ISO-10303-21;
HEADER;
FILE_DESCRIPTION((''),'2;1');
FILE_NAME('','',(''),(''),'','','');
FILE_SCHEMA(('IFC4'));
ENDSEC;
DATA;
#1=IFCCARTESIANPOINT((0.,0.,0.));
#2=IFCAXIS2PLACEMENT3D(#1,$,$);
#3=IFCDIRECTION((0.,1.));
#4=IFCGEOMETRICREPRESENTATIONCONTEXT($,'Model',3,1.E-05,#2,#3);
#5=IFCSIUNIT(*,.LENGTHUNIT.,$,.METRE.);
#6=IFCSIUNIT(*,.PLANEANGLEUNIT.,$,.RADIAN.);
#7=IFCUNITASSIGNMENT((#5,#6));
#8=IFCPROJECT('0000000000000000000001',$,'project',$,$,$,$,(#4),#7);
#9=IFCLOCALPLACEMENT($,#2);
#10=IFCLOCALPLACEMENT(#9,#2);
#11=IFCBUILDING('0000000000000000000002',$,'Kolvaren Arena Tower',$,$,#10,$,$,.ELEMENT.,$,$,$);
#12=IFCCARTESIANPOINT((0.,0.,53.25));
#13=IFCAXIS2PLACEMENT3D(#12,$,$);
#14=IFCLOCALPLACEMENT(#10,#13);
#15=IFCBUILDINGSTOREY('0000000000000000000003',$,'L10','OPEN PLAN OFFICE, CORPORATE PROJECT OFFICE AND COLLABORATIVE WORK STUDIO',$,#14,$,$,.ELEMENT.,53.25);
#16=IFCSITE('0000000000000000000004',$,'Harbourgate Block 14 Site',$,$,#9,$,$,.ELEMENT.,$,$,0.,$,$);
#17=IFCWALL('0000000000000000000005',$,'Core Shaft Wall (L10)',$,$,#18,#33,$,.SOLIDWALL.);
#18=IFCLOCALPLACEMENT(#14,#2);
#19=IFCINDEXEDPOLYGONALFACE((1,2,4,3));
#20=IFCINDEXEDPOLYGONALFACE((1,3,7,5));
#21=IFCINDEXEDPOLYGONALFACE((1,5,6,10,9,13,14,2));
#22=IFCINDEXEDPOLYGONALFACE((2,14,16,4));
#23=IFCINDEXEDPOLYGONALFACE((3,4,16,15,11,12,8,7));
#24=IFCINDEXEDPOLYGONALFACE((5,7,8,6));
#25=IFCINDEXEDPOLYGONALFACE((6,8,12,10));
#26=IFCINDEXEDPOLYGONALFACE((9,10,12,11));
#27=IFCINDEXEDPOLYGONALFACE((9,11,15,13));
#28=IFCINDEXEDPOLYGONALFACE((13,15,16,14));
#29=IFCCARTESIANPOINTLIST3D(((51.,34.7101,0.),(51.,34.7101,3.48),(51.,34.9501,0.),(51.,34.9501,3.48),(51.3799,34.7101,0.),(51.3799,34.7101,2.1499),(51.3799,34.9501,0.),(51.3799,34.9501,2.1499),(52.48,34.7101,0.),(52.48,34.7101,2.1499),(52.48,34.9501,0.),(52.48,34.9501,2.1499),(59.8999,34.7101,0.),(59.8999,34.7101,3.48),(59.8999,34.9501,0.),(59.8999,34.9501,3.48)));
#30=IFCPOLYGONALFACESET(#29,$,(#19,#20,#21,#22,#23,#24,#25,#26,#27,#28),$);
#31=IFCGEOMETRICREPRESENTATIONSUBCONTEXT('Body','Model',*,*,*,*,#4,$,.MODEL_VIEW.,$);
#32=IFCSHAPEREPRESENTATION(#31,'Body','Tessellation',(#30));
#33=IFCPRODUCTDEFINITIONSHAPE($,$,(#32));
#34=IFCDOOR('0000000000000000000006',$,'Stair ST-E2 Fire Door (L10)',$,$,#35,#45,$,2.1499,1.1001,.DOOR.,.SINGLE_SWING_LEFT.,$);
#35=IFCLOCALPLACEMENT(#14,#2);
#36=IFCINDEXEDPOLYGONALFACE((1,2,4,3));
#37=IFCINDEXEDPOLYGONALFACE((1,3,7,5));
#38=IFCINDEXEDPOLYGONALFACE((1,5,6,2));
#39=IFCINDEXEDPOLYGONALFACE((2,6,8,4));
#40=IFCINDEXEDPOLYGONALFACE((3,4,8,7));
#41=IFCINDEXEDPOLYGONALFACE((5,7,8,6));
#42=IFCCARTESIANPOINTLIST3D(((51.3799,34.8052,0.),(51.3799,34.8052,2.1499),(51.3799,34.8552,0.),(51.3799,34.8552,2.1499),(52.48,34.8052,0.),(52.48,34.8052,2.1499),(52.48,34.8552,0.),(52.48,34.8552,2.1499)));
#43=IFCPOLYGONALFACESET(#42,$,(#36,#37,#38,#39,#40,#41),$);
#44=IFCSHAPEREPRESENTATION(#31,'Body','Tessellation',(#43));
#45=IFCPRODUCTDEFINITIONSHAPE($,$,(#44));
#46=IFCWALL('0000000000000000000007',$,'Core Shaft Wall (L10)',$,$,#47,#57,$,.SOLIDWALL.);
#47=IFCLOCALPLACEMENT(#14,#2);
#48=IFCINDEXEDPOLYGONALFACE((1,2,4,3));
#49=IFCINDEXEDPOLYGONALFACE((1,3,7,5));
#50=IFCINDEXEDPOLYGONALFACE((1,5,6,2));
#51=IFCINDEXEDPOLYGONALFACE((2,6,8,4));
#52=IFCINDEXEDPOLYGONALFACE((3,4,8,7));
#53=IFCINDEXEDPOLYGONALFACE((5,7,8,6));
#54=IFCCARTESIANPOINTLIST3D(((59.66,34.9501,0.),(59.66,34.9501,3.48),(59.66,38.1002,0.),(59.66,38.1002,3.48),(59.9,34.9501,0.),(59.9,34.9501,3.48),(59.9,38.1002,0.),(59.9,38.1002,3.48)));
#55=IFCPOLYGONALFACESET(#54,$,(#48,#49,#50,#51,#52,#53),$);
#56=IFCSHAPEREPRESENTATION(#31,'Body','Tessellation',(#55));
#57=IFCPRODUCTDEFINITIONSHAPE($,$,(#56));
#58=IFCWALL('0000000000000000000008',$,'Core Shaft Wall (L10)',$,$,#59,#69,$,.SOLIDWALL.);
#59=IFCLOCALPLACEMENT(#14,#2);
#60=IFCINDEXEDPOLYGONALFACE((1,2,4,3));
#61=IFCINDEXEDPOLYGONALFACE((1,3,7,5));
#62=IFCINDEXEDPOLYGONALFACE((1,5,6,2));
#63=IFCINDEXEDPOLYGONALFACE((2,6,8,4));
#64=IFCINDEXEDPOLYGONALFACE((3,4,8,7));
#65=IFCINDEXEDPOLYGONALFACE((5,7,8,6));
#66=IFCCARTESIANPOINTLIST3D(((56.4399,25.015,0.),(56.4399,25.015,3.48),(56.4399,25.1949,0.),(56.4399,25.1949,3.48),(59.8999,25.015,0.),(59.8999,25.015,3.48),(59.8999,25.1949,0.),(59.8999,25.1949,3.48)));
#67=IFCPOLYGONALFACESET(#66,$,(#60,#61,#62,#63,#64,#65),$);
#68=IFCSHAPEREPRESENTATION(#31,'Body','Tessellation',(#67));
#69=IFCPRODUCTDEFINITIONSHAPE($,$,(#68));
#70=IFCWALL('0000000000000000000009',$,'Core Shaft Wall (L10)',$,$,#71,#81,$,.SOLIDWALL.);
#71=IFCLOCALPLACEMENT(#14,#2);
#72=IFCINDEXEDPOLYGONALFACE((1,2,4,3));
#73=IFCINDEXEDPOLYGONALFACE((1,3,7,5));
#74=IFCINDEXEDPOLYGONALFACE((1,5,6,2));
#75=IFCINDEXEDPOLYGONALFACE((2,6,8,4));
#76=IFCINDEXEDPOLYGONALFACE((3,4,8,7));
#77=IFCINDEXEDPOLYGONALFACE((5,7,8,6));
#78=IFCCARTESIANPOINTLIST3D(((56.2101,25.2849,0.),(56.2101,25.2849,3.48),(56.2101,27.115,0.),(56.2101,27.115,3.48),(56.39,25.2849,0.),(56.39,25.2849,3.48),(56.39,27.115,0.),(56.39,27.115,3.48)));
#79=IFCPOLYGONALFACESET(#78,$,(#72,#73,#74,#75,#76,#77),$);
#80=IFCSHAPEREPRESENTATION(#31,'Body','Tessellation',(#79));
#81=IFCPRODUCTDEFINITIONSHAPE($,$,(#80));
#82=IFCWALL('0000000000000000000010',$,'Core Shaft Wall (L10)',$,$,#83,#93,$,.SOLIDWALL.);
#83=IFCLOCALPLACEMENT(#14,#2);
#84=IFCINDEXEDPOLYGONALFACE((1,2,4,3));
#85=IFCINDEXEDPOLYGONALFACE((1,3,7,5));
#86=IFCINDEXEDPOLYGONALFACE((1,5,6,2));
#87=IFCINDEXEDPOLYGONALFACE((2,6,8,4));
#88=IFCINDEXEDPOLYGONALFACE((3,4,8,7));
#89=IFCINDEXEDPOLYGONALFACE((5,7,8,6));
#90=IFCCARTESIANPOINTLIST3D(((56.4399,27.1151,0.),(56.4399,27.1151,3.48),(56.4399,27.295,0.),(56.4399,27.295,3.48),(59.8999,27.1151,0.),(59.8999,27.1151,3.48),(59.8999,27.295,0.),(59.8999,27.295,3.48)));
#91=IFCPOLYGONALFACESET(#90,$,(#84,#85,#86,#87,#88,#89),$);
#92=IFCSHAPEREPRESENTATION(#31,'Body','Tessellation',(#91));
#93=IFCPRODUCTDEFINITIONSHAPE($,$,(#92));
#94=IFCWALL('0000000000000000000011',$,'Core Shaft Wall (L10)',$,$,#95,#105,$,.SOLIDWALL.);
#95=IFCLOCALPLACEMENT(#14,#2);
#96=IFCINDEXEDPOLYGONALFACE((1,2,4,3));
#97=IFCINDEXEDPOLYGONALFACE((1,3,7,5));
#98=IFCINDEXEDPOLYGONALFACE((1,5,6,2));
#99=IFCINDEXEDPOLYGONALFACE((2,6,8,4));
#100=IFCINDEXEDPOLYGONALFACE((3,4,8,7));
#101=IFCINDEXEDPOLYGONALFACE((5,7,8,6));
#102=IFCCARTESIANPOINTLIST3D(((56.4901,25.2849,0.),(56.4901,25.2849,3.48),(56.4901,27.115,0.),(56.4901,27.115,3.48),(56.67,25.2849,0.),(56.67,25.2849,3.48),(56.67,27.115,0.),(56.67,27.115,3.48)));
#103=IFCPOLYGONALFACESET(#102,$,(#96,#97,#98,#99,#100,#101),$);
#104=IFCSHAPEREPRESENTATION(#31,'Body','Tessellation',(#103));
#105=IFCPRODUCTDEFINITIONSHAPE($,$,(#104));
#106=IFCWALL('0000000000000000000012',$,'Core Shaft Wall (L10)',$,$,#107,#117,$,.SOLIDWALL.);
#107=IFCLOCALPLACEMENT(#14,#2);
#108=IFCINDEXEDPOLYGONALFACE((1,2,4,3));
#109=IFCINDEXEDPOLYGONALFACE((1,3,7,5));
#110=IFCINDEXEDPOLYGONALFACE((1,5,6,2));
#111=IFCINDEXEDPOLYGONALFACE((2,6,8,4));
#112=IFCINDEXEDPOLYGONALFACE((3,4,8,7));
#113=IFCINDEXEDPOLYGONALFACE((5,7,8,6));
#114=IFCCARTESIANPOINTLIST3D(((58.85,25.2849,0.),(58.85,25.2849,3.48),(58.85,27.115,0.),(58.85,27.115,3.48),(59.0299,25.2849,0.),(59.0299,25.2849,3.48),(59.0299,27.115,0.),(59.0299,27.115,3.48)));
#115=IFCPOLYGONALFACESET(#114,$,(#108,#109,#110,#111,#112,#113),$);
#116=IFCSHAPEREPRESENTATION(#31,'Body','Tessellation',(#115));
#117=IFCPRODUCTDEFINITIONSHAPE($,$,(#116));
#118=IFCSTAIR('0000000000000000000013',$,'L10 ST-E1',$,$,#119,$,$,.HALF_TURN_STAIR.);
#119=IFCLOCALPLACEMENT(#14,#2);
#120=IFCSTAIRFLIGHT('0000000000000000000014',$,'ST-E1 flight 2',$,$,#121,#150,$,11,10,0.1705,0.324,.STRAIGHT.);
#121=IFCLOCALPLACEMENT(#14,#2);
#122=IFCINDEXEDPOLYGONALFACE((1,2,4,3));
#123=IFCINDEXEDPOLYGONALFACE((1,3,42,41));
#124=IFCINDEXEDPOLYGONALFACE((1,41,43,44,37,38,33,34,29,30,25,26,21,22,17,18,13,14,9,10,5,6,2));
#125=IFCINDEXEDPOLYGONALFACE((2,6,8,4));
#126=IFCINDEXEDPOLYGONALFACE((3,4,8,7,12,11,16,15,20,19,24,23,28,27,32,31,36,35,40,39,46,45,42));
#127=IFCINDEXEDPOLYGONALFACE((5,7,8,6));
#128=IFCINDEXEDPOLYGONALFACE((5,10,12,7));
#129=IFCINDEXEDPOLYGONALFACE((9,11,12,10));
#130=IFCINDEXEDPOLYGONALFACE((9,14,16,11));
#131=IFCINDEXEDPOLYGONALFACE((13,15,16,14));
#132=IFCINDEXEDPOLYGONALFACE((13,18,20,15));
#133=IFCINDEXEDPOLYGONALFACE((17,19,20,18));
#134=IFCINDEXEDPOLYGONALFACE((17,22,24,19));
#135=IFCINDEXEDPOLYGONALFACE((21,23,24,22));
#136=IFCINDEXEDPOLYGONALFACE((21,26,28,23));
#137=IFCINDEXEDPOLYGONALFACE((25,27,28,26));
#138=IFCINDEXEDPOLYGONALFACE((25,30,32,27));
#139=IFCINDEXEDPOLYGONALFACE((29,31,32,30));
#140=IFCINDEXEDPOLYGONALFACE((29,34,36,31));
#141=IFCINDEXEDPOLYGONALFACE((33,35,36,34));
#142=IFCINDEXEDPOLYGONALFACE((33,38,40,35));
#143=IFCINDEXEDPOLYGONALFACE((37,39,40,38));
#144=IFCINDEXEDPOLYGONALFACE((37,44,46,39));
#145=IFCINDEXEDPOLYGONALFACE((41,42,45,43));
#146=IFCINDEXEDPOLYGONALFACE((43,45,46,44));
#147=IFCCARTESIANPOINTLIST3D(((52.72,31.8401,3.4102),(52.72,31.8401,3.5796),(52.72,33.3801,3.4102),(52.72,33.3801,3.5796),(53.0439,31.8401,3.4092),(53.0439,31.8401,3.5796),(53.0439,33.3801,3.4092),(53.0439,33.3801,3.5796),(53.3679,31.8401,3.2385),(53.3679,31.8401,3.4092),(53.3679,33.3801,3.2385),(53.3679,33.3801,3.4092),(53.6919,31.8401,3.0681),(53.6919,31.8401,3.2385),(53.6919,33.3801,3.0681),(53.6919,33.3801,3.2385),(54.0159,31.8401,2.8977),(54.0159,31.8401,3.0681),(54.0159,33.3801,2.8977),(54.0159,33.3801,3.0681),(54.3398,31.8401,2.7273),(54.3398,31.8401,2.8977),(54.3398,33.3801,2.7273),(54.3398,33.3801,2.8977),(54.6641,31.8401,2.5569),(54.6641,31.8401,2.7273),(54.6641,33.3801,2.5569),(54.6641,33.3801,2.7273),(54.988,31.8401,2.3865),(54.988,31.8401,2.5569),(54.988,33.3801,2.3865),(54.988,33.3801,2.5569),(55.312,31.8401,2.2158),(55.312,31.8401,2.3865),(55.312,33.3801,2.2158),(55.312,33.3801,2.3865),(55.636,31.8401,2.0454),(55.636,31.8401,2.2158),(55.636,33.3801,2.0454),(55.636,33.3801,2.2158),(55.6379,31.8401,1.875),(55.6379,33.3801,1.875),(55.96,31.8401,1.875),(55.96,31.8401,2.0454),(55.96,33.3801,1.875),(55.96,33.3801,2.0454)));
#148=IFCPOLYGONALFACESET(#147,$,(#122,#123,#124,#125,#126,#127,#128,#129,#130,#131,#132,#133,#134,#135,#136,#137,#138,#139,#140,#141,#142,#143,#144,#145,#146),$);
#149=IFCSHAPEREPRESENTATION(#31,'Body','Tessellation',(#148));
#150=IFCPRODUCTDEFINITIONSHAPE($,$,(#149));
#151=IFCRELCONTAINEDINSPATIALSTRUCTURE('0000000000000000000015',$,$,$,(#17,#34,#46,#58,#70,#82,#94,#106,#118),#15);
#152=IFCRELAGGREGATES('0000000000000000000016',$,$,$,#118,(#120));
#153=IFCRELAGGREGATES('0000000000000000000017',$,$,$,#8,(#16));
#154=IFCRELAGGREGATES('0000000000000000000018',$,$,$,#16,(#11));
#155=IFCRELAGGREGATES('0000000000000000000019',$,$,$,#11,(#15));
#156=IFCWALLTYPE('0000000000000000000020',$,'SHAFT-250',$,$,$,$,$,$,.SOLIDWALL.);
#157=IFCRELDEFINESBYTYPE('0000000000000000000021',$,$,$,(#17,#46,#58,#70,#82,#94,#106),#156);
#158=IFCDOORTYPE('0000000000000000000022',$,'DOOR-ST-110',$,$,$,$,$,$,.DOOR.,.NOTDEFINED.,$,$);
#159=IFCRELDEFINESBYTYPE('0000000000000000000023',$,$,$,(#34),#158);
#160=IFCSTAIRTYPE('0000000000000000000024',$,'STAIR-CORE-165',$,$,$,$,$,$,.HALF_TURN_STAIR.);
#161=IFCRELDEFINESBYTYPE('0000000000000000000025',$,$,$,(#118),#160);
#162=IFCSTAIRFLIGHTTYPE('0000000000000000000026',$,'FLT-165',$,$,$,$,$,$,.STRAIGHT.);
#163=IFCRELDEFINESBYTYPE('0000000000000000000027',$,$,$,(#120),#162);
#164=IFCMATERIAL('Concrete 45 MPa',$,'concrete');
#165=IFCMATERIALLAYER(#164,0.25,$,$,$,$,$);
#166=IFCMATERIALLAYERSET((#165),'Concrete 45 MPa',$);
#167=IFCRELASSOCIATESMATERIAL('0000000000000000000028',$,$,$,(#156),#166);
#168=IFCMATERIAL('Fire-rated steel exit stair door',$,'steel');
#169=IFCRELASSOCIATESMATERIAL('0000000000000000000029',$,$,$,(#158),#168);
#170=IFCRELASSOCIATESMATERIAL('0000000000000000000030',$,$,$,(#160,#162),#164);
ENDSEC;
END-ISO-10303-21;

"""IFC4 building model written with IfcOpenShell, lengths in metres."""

from ifc_helpers import new_model, si_unit, direction, frame, frame_2d, origin, place, context, subcontext, project, spatial, polyline, rectangle, outline, extrude, material, layer, layer_set, type_object, element, fill, aggregate, save


model = new_model("IFC4")

# Units and contexts
model_context = context("Model", 3, precision=1e-05, world=origin(), true_north=direction((0.0, 1.0)))
body_context = subcontext(model_context, "Body", "Model", "MODEL_VIEW")
ifc_project = project(units=[si_unit("LENGTHUNIT", "METRE"), si_unit("PLANEANGLEUNIT", "RADIAN")], contexts=[model_context])

# Site, building, storey
site_placement = place(None, origin())
site = spatial("IfcSite", under=ifc_project, at=site_placement, Name="Harbourgate Block 14 Site", CompositionType="ELEMENT", RefElevation=0.0)
building_placement = place(site_placement, origin())
building = spatial("IfcBuilding", under=site, at=building_placement, Name="Kolvaren Arena Tower", CompositionType="ELEMENT")
storey_placement = place(building_placement, frame((0.0, 0.0, 53.25)))
storey = spatial("IfcBuildingStorey", under=building, at=storey_placement, Name="L10", Description="OPEN PLAN OFFICE, CORPORATE PROJECT OFFICE AND COLLABORATIVE WORK STUDIO", CompositionType="ELEMENT", Elevation=53.25)

# Shared definitions
ifc_material_1 = material(Name="Concrete 45 MPa", Category="concrete")
ifc_layer = layer(ifc_material_1, 0.25)
ifc_layer_set = layer_set([ifc_layer], Name="Concrete 45 MPa")
wall_type = type_object("IfcWallType", Name="SHAFT-250", PredefinedType="SOLIDWALL", material=ifc_layer_set)
ifc_material_2 = material(Name="Fire-rated steel exit stair door", Category="steel")
door_type = type_object("IfcDoorType", Name="DOOR-ST-110", OperationType="NOTDEFINED", PredefinedType="DOOR", material=ifc_material_2)

# Wall, opening, door
wall_1_placement = place(storey_placement, frame((59.8999, 34.8301, 0.0), z_axis=(0.0, 0.0, 1.0), x_axis=(-1.0, 0.0, 0.0)))
wall_1 = element("IfcWall", 1, at=wall_1_placement, inside=storey, type_object=wall_type, Name="Core Shaft Wall (L10)", PredefinedType="SOLIDWALL", context=body_context, shape_type="SweptSolid", body=[
    extrude(rectangle(XDim=8.8999, YDim=0.24, at=frame_2d((4.45, 0.0))), origin(), (0.0, 0.0, 1.0), 3.48),
])
opening_1_placement = place(wall_1_placement, frame((7.4199, 0.0, 0.0)))
opening_1 = element("IfcOpeningElement", 2, at=opening_1_placement, cuts=wall_1, PredefinedType="OPENING", context=body_context, shape_type="SweptSolid", body=[
    extrude(rectangle(XDim=1.1001, YDim=2.1499, at=frame_2d((0.55, 1.075))), frame((0.0, 0.1299, 0.0), z_axis=(0.0, -1.0, 0.0), x_axis=(1.0, 0.0, 0.0)), (0.0, 0.0, 1.0), 0.26),
])
door_1_placement = place(opening_1_placement, origin())
door_1 = element("IfcDoor", 3, at=door_1_placement, inside=storey, type_object=door_type, Name="Stair ST-E2 Fire Door (L10)", OperationType="SINGLE_SWING_LEFT", OverallHeight=2.1499, OverallWidth=1.1001, PredefinedType="DOOR", context=body_context, shape_type="SweptSolid", body=[
    extrude(rectangle(XDim=1.1001, YDim=2.1499, at=frame_2d((0.55, 1.075))), frame((0.0, 0.0249, 0.0), z_axis=(0.0, -1.0, 0.0), x_axis=(1.0, 0.0, 0.0)), (0.0, 0.0, 1.0), 0.05),
])
fill(opening_1, door_1)

# Walls
wall_2_placement = place(storey_placement, frame((59.78, 34.95, 0.0), z_axis=(0.0, 0.0, 1.0), x_axis=(0.0, 1.0, 0.0)))
element("IfcWall", 4, at=wall_2_placement, inside=storey, type_object=wall_type, Name="Core Shaft Wall (L10)", PredefinedType="SOLIDWALL", context=body_context, shape_type="SweptSolid", body=[
    extrude(rectangle(XDim=3.1501, YDim=0.24, at=frame_2d((1.5752, 0.0))), origin(), (0.0, 0.0, 1.0), 3.48),
])
wall_3_placement = place(storey_placement, frame((56.4399, 25.105, 0.0), z_axis=(0.0, 0.0, 1.0), x_axis=(1.0, 0.0, 0.0)))
element("IfcWall", 5, at=wall_3_placement, inside=storey, type_object=wall_type, Name="Core Shaft Wall (L10)", PredefinedType="SOLIDWALL", context=body_context, shape_type="SweptSolid", body=[
    extrude(rectangle(XDim=3.46, YDim=0.1799, at=frame_2d((1.73, 0.0))), origin(), (0.0, 0.0, 1.0), 3.48),
])
wall_4_placement = place(storey_placement, frame((56.3, 25.2849, 0.0), z_axis=(0.0, 0.0, 1.0), x_axis=(0.0, 1.0, 0.0)))
element("IfcWall", 6, at=wall_4_placement, inside=storey, type_object=wall_type, Name="Core Shaft Wall (L10)", PredefinedType="SOLIDWALL", context=body_context, shape_type="SweptSolid", body=[
    extrude(rectangle(XDim=1.8301, YDim=0.1799, at=frame_2d((0.915, 0.0))), origin(), (0.0, 0.0, 1.0), 3.48),
])
wall_5_placement = place(storey_placement, frame((56.4399, 27.2051, 0.0), z_axis=(0.0, 0.0, 1.0), x_axis=(1.0, 0.0, 0.0)))
element("IfcWall", 7, at=wall_5_placement, inside=storey, type_object=wall_type, Name="Core Shaft Wall (L10)", PredefinedType="SOLIDWALL", context=body_context, shape_type="SweptSolid", body=[
    extrude(rectangle(XDim=3.46, YDim=0.1799, at=frame_2d((1.73, 0.0))), origin(), (0.0, 0.0, 1.0), 3.48),
])
for number, where, z_axis, x_axis, name in (
    (8, (56.5801, 25.2849, 0.0), (0.0, 0.0, 1.0), (0.0, 1.0, 0.0), "Core Shaft Wall (L10)"),
    (9, (58.9399, 25.2849, 0.0), (0.0, 0.0, 1.0), (0.0, 1.0, 0.0), "Core Shaft Wall (L10)"),
):
    element("IfcWall", number, at=place(storey_placement, frame(where, z_axis=z_axis, x_axis=x_axis)), inside=storey, type_object=wall_type, Name=name, PredefinedType="SOLIDWALL", context=body_context, shape_type="SweptSolid", body=[
        extrude(rectangle(XDim=1.8301, YDim=0.1799, at=frame_2d((0.915, 0.0))), origin(), (0.0, 0.0, 1.0), 3.48),
    ])

# Stair, stair flight
stair_type = type_object("IfcStairType", Name="STAIR-CORE-165", PredefinedType="HALF_TURN_STAIR", material=ifc_material_1)
stair_placement = place(storey_placement, origin())
stair = element("IfcStair", 10, at=stair_placement, inside=storey, type_object=stair_type, Name="L10 ST-E1", PredefinedType="HALF_TURN_STAIR")
stair_flight_type = type_object("IfcStairFlightType", Name="FLT-165", PredefinedType="STRAIGHT", material=ifc_material_1)
stair_flight_placement = place(storey_placement, frame((55.96, 32.6101, 1.875), z_axis=(0.0, 0.0, 1.0), x_axis=(-1.0, 0.0, 0.0)))
stair_flight = element("IfcStairFlight", 11, at=stair_flight_placement, type_object=stair_flight_type, Name="ST-E1 flight 2", NumberOfRisers=11, NumberOfTreads=10, PredefinedType="STRAIGHT", RiserHeight=0.1705, TreadLength=0.324, context=body_context, shape_type="SweptSolid", body=[
    extrude(outline(polyline([(0.0, 0.0), (0.0, 0.1704), (0.324, 0.1704), (0.324, 0.3408), (0.6479, 0.3408), (0.6479, 0.5115), (0.9719, 0.5115), (0.9719, 0.6819), (1.2959, 0.6819), (1.2959, 0.8523), (1.6201, 0.8523), (1.6201, 1.0227), (1.9441, 1.0227), (1.9441, 1.1931), (2.2681, 1.1931), (2.2681, 1.3635), (2.592, 1.3635), (2.592, 1.5342), (2.916, 1.5342), (2.916, 1.7046), (3.24, 1.7046), (3.24, 1.875), (3.24, 1.5352), (0.322, 0.0), (0.0, 0.0)])), frame((0.0, 0.77, 0.0), z_axis=(0.0, -1.0, 0.0), x_axis=(1.0, 0.0, 0.0)), (0.0, 0.0, 1.0), 1.54),
])
aggregate(stair, [stair_flight])

save(model, "model.ifc")
